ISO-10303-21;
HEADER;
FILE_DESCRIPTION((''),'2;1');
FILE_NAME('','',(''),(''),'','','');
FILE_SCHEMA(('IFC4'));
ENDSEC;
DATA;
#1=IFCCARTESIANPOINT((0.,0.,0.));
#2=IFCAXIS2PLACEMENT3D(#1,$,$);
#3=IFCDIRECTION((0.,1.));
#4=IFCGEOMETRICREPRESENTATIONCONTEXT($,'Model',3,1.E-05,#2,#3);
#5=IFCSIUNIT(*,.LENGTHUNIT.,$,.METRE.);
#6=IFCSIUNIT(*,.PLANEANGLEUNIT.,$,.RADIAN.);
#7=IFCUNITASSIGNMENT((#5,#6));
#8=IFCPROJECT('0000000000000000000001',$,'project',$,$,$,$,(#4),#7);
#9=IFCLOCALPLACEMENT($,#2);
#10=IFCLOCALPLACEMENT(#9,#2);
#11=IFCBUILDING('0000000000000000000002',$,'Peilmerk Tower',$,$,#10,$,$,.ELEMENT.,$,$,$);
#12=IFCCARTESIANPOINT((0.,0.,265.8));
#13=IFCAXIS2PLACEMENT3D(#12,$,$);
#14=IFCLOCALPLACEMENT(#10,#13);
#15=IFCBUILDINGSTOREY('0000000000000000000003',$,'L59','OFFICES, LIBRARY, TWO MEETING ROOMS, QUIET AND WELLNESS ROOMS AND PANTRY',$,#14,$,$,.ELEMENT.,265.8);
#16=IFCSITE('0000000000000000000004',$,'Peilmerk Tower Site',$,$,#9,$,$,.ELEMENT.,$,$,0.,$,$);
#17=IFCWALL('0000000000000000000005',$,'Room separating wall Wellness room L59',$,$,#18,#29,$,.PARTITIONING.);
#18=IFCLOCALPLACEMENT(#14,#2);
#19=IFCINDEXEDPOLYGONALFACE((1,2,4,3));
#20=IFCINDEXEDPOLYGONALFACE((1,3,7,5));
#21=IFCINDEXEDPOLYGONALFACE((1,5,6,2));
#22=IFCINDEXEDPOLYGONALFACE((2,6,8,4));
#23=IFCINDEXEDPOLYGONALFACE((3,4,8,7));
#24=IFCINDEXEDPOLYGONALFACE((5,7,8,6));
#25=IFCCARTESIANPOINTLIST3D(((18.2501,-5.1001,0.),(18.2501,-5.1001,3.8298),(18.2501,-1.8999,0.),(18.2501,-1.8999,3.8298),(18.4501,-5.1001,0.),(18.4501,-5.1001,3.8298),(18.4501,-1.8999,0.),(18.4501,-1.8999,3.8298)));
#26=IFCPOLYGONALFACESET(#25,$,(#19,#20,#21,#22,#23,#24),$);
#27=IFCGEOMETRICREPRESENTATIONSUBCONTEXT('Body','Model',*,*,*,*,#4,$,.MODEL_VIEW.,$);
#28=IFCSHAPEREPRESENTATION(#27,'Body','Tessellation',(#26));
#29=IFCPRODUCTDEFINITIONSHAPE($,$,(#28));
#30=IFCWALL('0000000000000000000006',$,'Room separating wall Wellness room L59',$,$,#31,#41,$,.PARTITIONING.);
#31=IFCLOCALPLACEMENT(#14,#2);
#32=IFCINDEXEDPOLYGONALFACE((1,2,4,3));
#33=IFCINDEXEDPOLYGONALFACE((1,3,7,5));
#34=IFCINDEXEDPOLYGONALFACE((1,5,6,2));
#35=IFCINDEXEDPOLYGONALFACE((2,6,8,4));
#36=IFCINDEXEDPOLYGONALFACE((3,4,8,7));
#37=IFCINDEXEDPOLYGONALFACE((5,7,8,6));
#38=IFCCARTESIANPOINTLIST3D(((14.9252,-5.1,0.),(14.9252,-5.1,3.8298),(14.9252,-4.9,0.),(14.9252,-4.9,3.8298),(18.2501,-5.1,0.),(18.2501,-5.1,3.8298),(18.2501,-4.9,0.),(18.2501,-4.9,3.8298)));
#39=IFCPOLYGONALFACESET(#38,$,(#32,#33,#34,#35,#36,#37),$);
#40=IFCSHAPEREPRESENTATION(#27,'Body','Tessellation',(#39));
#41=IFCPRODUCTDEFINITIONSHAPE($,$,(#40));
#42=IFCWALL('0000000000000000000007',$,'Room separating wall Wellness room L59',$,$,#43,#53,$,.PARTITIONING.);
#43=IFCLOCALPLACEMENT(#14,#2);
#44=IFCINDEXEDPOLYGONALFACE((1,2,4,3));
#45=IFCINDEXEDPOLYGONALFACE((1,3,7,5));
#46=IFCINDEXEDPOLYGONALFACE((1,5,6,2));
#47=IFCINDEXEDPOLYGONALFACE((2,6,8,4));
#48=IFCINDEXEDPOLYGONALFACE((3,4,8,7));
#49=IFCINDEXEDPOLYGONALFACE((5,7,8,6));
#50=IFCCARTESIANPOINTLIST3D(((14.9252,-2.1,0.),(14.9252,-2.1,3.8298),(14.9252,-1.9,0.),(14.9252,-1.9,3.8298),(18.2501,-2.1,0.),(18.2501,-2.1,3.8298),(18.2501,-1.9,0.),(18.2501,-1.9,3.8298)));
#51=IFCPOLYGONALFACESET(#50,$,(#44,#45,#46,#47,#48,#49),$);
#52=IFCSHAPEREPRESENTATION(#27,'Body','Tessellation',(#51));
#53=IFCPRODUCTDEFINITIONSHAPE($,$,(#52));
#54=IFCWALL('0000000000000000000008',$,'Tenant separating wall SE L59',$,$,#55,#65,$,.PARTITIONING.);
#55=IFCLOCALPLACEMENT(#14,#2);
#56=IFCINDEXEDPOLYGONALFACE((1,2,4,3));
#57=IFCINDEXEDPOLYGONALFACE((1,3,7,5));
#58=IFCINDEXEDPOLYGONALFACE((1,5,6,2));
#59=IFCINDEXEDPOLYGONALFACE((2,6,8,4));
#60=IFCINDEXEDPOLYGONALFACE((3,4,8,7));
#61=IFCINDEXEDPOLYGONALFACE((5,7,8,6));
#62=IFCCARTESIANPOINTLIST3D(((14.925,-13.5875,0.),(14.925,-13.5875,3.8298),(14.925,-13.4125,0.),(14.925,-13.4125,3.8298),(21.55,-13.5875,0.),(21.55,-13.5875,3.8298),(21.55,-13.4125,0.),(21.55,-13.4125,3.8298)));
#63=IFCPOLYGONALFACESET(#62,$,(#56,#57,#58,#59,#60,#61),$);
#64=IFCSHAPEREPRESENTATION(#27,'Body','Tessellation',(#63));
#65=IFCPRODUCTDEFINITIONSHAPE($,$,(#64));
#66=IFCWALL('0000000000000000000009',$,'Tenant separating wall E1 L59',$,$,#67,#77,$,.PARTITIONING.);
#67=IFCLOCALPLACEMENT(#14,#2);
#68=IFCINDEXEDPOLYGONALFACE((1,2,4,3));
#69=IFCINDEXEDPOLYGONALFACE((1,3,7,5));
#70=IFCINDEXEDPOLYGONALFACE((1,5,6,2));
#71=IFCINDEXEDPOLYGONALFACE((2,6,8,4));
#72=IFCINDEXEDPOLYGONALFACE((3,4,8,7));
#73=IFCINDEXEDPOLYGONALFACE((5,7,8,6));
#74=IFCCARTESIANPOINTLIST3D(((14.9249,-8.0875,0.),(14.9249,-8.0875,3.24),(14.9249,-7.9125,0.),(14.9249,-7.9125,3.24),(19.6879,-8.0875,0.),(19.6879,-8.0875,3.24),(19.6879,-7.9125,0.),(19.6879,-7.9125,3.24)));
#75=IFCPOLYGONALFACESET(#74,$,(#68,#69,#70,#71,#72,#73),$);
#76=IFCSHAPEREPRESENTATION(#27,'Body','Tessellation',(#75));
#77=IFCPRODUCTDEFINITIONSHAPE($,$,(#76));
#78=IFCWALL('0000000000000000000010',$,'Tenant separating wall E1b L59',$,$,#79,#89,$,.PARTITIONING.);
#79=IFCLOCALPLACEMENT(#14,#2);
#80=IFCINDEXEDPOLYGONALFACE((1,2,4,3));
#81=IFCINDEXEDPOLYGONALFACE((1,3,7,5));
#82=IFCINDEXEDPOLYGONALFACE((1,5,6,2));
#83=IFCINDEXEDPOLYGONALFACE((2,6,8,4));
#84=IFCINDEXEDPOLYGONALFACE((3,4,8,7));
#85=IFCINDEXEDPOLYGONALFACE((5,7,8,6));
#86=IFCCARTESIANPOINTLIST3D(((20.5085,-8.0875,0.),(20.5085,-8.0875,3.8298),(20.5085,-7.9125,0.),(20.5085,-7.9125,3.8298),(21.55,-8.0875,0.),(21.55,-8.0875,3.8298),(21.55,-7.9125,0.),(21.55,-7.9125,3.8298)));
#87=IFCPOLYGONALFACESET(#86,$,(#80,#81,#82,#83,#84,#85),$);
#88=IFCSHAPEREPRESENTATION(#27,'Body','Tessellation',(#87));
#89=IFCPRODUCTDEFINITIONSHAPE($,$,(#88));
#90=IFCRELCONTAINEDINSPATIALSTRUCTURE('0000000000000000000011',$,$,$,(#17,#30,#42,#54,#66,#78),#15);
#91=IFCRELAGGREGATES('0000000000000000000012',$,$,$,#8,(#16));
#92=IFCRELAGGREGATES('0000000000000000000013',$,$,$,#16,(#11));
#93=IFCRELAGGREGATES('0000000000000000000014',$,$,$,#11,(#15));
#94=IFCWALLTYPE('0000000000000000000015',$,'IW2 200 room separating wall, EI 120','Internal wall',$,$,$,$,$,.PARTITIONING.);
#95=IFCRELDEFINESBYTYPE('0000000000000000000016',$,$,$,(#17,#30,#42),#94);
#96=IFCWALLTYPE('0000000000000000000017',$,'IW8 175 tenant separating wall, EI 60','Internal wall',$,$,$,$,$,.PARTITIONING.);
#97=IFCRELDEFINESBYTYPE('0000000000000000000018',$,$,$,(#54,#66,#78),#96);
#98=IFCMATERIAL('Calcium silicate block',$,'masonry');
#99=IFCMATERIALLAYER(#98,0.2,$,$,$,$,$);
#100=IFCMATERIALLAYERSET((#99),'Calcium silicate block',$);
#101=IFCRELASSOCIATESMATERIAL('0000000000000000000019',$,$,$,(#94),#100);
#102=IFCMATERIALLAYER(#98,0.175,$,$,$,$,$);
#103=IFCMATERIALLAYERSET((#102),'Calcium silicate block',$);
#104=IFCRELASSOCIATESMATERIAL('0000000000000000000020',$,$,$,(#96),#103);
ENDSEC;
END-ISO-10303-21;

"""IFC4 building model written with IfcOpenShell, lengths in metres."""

from ifc_helpers import new_model, si_unit, direction, frame, frame_2d, origin, place, context, subcontext, project, spatial, rectangle, extrude, material, layer, layer_set, type_object, element, save


model = new_model("IFC4")

# Units and contexts
model_context = context("Model", 3, precision=1e-05, world=origin(), true_north=direction((0.0, 1.0)))
body_context = subcontext(model_context, "Body", "Model", "MODEL_VIEW")
ifc_project = project(units=[si_unit("LENGTHUNIT", "METRE"), si_unit("PLANEANGLEUNIT", "RADIAN")], contexts=[model_context])

# Site, building, storey
site_placement = place(None, origin())
site = spatial("IfcSite", under=ifc_project, at=site_placement, Name="Peilmerk Tower Site", CompositionType="ELEMENT", RefElevation=0.0)
building_placement = place(site_placement, origin())
building = spatial("IfcBuilding", under=site, at=building_placement, Name="Peilmerk Tower", CompositionType="ELEMENT")
storey_placement = place(building_placement, frame((0.0, 0.0, 265.8)))
storey = spatial("IfcBuildingStorey", under=building, at=storey_placement, Name="L59", Description="OFFICES, LIBRARY, TWO MEETING ROOMS, QUIET AND WELLNESS ROOMS AND PANTRY", CompositionType="ELEMENT", Elevation=265.8)

# Shared definitions
ifc_material_1 = material(Name="Calcium silicate block", Category="masonry")

# Walls
ifc_layer_1 = layer(ifc_material_1, 0.2)
ifc_layer_set_1 = layer_set([ifc_layer_1], Name="Calcium silicate block")
wall_type_1 = type_object("IfcWallType", Name="IW2 200 room separating wall, EI 120", Description="Internal wall", PredefinedType="PARTITIONING", material=ifc_layer_set_1)
wall_1_placement = place(storey_placement, frame((18.3501, -5.1001, 0.0), z_axis=(0.0, 0.0, 1.0), x_axis=(0.0, 1.0, 0.0)))
element("IfcWall", 1, at=wall_1_placement, inside=storey, type_object=wall_type_1, Name="Room separating wall Wellness room L59", PredefinedType="PARTITIONING", context=body_context, shape_type="SweptSolid", body=[
    extrude(rectangle(XDim=3.2002, YDim=0.2, at=frame_2d((1.6001, 0.0))), origin(), (0.0, 0.0, 1.0), 3.8298),
])
for number, where, z_axis, x_axis, name in (
    (2, (14.925, -5.0, 0.0), (0.0, 0.0, 1.0), (1.0, 0.0, 0.0), "Room separating wall Wellness room L59"),
    (3, (14.925, -2.0, 0.0), (0.0, 0.0, 1.0), (1.0, 0.0, 0.0), "Room separating wall Wellness room L59"),
):
    element("IfcWall", number, at=place(storey_placement, frame(where, z_axis=z_axis, x_axis=x_axis)), inside=storey, type_object=wall_type_1, Name=name, PredefinedType="PARTITIONING", context=body_context, shape_type="SweptSolid", body=[
        extrude(rectangle(XDim=3.325, YDim=0.2, at=frame_2d((1.6626, 0.0))), origin(), (0.0, 0.0, 1.0), 3.8298),
    ])
ifc_layer_2 = layer(ifc_material_1, 0.175)
ifc_layer_set_2 = layer_set([ifc_layer_2], Name="Calcium silicate block")
wall_type_2 = type_object("IfcWallType", Name="IW8 175 tenant separating wall, EI 60", Description="Internal wall", PredefinedType="PARTITIONING", material=ifc_layer_set_2)
wall_2_placement = place(storey_placement, frame((21.55, -13.5, 0.0), z_axis=(0.0, 0.0, 1.0), x_axis=(-1.0, 0.0, 0.0)))
element("IfcWall", 4, at=wall_2_placement, inside=storey, type_object=wall_type_2, Name="Tenant separating wall SE L59", PredefinedType="PARTITIONING", context=body_context, shape_type="SweptSolid", body=[
    extrude(rectangle(XDim=6.625, YDim=0.175, at=frame_2d((3.3125, 0.0))), origin(), (0.0, 0.0, 1.0), 3.8298),
])
wall_3_placement = place(storey_placement, frame((14.925, -8.0, 0.0), z_axis=(0.0, 0.0, 1.0), x_axis=(1.0, 0.0, 0.0)))
element("IfcWall", 5, at=wall_3_placement, inside=storey, type_object=wall_type_2, Name="Tenant separating wall E1 L59", PredefinedType="PARTITIONING", context=body_context, shape_type="SweptSolid", body=[
    extrude(rectangle(XDim=4.7629, YDim=0.175, at=frame_2d((2.3813, 0.0))), origin(), (0.0, 0.0, 1.0), 3.24),
])
wall_4_placement = place(storey_placement, frame((20.5085, -8.0, 0.0), z_axis=(0.0, 0.0, 1.0), x_axis=(1.0, 0.0, 0.0)))
element("IfcWall", 6, at=wall_4_placement, inside=storey, type_object=wall_type_2, Name="Tenant separating wall E1b L59", PredefinedType="PARTITIONING", context=body_context, shape_type="SweptSolid", body=[
    extrude(rectangle(XDim=1.0415, YDim=0.175, at=frame_2d((0.5208, 0.0))), origin(), (0.0, 0.0, 1.0), 3.8298),
])

save(model, "model.ifc")
